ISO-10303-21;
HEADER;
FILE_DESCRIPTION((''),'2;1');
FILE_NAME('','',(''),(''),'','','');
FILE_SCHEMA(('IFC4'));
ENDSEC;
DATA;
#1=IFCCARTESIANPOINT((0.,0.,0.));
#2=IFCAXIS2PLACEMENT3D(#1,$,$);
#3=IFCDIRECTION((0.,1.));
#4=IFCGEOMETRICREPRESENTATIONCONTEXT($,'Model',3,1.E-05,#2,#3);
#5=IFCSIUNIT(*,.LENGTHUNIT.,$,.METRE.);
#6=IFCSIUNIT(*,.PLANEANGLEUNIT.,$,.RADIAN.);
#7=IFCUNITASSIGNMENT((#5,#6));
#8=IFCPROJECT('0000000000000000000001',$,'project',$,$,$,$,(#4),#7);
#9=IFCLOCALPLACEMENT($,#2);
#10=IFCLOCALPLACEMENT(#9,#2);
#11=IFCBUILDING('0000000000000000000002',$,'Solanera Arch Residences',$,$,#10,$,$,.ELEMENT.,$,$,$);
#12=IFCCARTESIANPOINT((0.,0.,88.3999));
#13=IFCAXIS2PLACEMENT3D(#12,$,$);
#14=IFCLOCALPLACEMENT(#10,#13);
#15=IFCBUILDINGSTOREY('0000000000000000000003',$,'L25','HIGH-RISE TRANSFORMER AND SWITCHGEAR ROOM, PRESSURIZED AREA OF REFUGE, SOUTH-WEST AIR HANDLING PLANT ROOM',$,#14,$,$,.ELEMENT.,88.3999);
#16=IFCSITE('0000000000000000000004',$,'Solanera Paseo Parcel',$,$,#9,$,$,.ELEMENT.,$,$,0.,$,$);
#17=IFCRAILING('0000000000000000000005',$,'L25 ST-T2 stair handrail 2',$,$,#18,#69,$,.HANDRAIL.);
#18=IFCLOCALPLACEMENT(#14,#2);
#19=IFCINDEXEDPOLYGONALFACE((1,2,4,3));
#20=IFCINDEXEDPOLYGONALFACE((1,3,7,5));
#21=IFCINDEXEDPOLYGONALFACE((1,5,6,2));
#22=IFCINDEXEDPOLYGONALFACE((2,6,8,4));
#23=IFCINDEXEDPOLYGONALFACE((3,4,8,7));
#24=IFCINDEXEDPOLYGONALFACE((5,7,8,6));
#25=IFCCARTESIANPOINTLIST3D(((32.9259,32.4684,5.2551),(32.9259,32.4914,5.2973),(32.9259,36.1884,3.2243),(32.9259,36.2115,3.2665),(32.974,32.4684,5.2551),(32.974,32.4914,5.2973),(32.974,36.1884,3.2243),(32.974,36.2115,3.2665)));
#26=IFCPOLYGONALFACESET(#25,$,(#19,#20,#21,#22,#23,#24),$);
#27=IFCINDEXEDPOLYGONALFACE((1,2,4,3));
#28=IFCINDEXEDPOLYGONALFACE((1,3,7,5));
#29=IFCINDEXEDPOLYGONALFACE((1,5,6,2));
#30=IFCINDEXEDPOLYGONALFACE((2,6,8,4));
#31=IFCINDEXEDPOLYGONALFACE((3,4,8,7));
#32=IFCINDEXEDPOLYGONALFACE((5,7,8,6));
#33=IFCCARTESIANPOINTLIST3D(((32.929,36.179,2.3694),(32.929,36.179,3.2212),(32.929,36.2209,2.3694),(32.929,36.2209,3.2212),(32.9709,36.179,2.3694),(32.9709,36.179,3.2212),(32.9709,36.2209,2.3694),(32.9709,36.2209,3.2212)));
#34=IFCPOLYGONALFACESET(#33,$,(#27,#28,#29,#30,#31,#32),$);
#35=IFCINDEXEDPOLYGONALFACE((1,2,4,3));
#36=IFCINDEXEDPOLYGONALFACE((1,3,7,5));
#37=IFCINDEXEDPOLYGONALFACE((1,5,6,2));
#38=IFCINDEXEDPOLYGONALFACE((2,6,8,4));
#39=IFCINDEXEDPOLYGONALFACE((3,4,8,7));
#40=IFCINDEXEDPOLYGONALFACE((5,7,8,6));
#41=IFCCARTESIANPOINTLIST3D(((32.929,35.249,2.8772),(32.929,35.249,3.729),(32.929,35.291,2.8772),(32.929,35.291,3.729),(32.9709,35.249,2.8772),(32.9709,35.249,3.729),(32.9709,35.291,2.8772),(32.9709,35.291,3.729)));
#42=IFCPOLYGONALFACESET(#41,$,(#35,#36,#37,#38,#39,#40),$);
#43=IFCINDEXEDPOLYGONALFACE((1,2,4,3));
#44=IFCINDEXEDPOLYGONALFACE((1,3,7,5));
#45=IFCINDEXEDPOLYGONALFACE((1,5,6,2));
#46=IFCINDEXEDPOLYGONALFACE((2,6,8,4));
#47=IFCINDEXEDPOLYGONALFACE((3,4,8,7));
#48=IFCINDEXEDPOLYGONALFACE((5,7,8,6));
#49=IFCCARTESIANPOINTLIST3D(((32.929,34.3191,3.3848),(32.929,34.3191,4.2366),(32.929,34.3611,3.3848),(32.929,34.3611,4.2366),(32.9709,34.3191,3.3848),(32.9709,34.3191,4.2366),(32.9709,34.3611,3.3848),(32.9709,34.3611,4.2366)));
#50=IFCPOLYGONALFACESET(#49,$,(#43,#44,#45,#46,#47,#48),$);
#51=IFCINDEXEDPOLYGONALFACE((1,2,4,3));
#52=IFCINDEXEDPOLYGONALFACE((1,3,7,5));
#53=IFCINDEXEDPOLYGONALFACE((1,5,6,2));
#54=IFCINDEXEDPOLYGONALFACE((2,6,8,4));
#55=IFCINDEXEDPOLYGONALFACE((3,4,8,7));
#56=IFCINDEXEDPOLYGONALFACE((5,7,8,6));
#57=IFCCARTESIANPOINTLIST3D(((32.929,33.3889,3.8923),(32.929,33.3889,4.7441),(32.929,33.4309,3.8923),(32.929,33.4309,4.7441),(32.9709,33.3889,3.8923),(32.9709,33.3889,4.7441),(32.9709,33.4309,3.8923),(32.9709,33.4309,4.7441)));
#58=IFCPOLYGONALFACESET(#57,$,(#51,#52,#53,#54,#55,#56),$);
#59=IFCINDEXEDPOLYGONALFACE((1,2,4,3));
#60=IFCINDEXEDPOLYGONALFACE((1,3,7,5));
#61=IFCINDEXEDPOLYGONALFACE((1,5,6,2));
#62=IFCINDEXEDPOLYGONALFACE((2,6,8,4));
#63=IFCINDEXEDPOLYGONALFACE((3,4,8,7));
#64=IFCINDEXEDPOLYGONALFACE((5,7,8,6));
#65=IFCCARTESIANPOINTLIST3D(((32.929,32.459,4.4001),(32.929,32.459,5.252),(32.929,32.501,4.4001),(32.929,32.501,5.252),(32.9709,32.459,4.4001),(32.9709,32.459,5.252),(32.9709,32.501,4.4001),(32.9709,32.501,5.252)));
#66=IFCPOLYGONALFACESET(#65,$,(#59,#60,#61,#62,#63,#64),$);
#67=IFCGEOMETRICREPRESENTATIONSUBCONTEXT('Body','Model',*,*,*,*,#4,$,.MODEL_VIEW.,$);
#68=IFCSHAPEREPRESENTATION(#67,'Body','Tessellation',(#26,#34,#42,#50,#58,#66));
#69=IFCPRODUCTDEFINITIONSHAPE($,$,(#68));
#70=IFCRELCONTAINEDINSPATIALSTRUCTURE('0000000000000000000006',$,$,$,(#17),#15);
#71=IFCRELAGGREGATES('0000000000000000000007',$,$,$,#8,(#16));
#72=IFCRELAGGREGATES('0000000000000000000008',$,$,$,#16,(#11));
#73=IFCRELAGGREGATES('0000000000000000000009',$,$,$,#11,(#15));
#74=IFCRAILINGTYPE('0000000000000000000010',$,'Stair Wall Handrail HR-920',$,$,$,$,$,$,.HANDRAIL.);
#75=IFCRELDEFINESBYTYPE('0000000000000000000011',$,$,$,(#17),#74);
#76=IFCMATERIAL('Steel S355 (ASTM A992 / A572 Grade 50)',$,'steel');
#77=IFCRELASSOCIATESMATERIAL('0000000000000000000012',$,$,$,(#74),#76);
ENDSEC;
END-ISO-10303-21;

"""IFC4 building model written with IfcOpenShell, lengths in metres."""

from ifc_helpers import new_model, si_unit, direction, frame, origin, origin_2d, place, context, subcontext, project, spatial, rectangle, extrude, material, type_object, element, save


model = new_model("IFC4")

# Units and contexts
model_context = context("Model", 3, precision=1e-05, world=origin(), true_north=direction((0.0, 1.0)))
body_context = subcontext(model_context, "Body", "Model", "MODEL_VIEW")
ifc_project = project(units=[si_unit("LENGTHUNIT", "METRE"), si_unit("PLANEANGLEUNIT", "RADIAN")], contexts=[model_context])

# Site, building, storey
site_placement = place(None, origin())
site = spatial("IfcSite", under=ifc_project, at=site_placement, Name="Solanera Paseo Parcel", CompositionType="ELEMENT", RefElevation=0.0)
building_placement = place(site_placement, origin())
building = spatial("IfcBuilding", under=site, at=building_placement, Name="Solanera Arch Residences", CompositionType="ELEMENT")
storey_placement = place(building_placement, frame((0.0, 0.0, 88.3999)))
storey = spatial("IfcBuildingStorey", under=building, at=storey_placement, Name="L25", Description="HIGH-RISE TRANSFORMER AND SWITCHGEAR ROOM, PRESSURIZED AREA OF REFUGE, SOUTH-WEST AIR HANDLING PLANT ROOM", CompositionType="ELEMENT", Elevation=88.3999)

# Railing
ifc_material_1 = material(Name="Steel S355 (ASTM A992 / A572 Grade 50)", Category="steel")
railing_type = type_object("IfcRailingType", Name="Stair Wall Handrail HR-920", PredefinedType="HANDRAIL", material=ifc_material_1)
railing_placement = place(storey_placement, frame((32.95, 36.2, 2.3694)))
element("IfcRailing", 1, at=railing_placement, inside=storey, type_object=railing_type, Name="L25 ST-T2 stair handrail 2", PredefinedType="HANDRAIL", context=body_context, shape_type="SweptSolid", body=[
    extrude(rectangle(XDim=0.0481, YDim=0.0481, at=origin_2d()), frame((0.0, 0.0, 0.876), z_axis=(0.0, -0.877728, 0.479159), x_axis=(1.0, 0.0, 0.0)), (0.0, 0.0, 1.0), 4.2383),
    extrude(rectangle(XDim=0.042, YDim=0.042, at=origin_2d()), origin(), (0.0, 0.0, 1.0), 0.8518),
    extrude(rectangle(XDim=0.042, YDim=0.042, at=origin_2d()), frame((0.0, -0.9299, 0.5078)), (0.0, 0.0, 1.0), 0.8518),
    extrude(rectangle(XDim=0.042, YDim=0.042, at=origin_2d()), frame((0.0, -1.8599, 1.0154)), (0.0, 0.0, 1.0), 0.8518),
    extrude(rectangle(XDim=0.042, YDim=0.042, at=origin_2d()), frame((0.0, -2.79, 1.5229)), (0.0, 0.0, 1.0), 0.8518),
    extrude(rectangle(XDim=0.042, YDim=0.042, at=origin_2d()), frame((0.0, -3.72, 2.0308)), (0.0, 0.0, 1.0), 0.8518),
])

save(model, "model.ifc")
